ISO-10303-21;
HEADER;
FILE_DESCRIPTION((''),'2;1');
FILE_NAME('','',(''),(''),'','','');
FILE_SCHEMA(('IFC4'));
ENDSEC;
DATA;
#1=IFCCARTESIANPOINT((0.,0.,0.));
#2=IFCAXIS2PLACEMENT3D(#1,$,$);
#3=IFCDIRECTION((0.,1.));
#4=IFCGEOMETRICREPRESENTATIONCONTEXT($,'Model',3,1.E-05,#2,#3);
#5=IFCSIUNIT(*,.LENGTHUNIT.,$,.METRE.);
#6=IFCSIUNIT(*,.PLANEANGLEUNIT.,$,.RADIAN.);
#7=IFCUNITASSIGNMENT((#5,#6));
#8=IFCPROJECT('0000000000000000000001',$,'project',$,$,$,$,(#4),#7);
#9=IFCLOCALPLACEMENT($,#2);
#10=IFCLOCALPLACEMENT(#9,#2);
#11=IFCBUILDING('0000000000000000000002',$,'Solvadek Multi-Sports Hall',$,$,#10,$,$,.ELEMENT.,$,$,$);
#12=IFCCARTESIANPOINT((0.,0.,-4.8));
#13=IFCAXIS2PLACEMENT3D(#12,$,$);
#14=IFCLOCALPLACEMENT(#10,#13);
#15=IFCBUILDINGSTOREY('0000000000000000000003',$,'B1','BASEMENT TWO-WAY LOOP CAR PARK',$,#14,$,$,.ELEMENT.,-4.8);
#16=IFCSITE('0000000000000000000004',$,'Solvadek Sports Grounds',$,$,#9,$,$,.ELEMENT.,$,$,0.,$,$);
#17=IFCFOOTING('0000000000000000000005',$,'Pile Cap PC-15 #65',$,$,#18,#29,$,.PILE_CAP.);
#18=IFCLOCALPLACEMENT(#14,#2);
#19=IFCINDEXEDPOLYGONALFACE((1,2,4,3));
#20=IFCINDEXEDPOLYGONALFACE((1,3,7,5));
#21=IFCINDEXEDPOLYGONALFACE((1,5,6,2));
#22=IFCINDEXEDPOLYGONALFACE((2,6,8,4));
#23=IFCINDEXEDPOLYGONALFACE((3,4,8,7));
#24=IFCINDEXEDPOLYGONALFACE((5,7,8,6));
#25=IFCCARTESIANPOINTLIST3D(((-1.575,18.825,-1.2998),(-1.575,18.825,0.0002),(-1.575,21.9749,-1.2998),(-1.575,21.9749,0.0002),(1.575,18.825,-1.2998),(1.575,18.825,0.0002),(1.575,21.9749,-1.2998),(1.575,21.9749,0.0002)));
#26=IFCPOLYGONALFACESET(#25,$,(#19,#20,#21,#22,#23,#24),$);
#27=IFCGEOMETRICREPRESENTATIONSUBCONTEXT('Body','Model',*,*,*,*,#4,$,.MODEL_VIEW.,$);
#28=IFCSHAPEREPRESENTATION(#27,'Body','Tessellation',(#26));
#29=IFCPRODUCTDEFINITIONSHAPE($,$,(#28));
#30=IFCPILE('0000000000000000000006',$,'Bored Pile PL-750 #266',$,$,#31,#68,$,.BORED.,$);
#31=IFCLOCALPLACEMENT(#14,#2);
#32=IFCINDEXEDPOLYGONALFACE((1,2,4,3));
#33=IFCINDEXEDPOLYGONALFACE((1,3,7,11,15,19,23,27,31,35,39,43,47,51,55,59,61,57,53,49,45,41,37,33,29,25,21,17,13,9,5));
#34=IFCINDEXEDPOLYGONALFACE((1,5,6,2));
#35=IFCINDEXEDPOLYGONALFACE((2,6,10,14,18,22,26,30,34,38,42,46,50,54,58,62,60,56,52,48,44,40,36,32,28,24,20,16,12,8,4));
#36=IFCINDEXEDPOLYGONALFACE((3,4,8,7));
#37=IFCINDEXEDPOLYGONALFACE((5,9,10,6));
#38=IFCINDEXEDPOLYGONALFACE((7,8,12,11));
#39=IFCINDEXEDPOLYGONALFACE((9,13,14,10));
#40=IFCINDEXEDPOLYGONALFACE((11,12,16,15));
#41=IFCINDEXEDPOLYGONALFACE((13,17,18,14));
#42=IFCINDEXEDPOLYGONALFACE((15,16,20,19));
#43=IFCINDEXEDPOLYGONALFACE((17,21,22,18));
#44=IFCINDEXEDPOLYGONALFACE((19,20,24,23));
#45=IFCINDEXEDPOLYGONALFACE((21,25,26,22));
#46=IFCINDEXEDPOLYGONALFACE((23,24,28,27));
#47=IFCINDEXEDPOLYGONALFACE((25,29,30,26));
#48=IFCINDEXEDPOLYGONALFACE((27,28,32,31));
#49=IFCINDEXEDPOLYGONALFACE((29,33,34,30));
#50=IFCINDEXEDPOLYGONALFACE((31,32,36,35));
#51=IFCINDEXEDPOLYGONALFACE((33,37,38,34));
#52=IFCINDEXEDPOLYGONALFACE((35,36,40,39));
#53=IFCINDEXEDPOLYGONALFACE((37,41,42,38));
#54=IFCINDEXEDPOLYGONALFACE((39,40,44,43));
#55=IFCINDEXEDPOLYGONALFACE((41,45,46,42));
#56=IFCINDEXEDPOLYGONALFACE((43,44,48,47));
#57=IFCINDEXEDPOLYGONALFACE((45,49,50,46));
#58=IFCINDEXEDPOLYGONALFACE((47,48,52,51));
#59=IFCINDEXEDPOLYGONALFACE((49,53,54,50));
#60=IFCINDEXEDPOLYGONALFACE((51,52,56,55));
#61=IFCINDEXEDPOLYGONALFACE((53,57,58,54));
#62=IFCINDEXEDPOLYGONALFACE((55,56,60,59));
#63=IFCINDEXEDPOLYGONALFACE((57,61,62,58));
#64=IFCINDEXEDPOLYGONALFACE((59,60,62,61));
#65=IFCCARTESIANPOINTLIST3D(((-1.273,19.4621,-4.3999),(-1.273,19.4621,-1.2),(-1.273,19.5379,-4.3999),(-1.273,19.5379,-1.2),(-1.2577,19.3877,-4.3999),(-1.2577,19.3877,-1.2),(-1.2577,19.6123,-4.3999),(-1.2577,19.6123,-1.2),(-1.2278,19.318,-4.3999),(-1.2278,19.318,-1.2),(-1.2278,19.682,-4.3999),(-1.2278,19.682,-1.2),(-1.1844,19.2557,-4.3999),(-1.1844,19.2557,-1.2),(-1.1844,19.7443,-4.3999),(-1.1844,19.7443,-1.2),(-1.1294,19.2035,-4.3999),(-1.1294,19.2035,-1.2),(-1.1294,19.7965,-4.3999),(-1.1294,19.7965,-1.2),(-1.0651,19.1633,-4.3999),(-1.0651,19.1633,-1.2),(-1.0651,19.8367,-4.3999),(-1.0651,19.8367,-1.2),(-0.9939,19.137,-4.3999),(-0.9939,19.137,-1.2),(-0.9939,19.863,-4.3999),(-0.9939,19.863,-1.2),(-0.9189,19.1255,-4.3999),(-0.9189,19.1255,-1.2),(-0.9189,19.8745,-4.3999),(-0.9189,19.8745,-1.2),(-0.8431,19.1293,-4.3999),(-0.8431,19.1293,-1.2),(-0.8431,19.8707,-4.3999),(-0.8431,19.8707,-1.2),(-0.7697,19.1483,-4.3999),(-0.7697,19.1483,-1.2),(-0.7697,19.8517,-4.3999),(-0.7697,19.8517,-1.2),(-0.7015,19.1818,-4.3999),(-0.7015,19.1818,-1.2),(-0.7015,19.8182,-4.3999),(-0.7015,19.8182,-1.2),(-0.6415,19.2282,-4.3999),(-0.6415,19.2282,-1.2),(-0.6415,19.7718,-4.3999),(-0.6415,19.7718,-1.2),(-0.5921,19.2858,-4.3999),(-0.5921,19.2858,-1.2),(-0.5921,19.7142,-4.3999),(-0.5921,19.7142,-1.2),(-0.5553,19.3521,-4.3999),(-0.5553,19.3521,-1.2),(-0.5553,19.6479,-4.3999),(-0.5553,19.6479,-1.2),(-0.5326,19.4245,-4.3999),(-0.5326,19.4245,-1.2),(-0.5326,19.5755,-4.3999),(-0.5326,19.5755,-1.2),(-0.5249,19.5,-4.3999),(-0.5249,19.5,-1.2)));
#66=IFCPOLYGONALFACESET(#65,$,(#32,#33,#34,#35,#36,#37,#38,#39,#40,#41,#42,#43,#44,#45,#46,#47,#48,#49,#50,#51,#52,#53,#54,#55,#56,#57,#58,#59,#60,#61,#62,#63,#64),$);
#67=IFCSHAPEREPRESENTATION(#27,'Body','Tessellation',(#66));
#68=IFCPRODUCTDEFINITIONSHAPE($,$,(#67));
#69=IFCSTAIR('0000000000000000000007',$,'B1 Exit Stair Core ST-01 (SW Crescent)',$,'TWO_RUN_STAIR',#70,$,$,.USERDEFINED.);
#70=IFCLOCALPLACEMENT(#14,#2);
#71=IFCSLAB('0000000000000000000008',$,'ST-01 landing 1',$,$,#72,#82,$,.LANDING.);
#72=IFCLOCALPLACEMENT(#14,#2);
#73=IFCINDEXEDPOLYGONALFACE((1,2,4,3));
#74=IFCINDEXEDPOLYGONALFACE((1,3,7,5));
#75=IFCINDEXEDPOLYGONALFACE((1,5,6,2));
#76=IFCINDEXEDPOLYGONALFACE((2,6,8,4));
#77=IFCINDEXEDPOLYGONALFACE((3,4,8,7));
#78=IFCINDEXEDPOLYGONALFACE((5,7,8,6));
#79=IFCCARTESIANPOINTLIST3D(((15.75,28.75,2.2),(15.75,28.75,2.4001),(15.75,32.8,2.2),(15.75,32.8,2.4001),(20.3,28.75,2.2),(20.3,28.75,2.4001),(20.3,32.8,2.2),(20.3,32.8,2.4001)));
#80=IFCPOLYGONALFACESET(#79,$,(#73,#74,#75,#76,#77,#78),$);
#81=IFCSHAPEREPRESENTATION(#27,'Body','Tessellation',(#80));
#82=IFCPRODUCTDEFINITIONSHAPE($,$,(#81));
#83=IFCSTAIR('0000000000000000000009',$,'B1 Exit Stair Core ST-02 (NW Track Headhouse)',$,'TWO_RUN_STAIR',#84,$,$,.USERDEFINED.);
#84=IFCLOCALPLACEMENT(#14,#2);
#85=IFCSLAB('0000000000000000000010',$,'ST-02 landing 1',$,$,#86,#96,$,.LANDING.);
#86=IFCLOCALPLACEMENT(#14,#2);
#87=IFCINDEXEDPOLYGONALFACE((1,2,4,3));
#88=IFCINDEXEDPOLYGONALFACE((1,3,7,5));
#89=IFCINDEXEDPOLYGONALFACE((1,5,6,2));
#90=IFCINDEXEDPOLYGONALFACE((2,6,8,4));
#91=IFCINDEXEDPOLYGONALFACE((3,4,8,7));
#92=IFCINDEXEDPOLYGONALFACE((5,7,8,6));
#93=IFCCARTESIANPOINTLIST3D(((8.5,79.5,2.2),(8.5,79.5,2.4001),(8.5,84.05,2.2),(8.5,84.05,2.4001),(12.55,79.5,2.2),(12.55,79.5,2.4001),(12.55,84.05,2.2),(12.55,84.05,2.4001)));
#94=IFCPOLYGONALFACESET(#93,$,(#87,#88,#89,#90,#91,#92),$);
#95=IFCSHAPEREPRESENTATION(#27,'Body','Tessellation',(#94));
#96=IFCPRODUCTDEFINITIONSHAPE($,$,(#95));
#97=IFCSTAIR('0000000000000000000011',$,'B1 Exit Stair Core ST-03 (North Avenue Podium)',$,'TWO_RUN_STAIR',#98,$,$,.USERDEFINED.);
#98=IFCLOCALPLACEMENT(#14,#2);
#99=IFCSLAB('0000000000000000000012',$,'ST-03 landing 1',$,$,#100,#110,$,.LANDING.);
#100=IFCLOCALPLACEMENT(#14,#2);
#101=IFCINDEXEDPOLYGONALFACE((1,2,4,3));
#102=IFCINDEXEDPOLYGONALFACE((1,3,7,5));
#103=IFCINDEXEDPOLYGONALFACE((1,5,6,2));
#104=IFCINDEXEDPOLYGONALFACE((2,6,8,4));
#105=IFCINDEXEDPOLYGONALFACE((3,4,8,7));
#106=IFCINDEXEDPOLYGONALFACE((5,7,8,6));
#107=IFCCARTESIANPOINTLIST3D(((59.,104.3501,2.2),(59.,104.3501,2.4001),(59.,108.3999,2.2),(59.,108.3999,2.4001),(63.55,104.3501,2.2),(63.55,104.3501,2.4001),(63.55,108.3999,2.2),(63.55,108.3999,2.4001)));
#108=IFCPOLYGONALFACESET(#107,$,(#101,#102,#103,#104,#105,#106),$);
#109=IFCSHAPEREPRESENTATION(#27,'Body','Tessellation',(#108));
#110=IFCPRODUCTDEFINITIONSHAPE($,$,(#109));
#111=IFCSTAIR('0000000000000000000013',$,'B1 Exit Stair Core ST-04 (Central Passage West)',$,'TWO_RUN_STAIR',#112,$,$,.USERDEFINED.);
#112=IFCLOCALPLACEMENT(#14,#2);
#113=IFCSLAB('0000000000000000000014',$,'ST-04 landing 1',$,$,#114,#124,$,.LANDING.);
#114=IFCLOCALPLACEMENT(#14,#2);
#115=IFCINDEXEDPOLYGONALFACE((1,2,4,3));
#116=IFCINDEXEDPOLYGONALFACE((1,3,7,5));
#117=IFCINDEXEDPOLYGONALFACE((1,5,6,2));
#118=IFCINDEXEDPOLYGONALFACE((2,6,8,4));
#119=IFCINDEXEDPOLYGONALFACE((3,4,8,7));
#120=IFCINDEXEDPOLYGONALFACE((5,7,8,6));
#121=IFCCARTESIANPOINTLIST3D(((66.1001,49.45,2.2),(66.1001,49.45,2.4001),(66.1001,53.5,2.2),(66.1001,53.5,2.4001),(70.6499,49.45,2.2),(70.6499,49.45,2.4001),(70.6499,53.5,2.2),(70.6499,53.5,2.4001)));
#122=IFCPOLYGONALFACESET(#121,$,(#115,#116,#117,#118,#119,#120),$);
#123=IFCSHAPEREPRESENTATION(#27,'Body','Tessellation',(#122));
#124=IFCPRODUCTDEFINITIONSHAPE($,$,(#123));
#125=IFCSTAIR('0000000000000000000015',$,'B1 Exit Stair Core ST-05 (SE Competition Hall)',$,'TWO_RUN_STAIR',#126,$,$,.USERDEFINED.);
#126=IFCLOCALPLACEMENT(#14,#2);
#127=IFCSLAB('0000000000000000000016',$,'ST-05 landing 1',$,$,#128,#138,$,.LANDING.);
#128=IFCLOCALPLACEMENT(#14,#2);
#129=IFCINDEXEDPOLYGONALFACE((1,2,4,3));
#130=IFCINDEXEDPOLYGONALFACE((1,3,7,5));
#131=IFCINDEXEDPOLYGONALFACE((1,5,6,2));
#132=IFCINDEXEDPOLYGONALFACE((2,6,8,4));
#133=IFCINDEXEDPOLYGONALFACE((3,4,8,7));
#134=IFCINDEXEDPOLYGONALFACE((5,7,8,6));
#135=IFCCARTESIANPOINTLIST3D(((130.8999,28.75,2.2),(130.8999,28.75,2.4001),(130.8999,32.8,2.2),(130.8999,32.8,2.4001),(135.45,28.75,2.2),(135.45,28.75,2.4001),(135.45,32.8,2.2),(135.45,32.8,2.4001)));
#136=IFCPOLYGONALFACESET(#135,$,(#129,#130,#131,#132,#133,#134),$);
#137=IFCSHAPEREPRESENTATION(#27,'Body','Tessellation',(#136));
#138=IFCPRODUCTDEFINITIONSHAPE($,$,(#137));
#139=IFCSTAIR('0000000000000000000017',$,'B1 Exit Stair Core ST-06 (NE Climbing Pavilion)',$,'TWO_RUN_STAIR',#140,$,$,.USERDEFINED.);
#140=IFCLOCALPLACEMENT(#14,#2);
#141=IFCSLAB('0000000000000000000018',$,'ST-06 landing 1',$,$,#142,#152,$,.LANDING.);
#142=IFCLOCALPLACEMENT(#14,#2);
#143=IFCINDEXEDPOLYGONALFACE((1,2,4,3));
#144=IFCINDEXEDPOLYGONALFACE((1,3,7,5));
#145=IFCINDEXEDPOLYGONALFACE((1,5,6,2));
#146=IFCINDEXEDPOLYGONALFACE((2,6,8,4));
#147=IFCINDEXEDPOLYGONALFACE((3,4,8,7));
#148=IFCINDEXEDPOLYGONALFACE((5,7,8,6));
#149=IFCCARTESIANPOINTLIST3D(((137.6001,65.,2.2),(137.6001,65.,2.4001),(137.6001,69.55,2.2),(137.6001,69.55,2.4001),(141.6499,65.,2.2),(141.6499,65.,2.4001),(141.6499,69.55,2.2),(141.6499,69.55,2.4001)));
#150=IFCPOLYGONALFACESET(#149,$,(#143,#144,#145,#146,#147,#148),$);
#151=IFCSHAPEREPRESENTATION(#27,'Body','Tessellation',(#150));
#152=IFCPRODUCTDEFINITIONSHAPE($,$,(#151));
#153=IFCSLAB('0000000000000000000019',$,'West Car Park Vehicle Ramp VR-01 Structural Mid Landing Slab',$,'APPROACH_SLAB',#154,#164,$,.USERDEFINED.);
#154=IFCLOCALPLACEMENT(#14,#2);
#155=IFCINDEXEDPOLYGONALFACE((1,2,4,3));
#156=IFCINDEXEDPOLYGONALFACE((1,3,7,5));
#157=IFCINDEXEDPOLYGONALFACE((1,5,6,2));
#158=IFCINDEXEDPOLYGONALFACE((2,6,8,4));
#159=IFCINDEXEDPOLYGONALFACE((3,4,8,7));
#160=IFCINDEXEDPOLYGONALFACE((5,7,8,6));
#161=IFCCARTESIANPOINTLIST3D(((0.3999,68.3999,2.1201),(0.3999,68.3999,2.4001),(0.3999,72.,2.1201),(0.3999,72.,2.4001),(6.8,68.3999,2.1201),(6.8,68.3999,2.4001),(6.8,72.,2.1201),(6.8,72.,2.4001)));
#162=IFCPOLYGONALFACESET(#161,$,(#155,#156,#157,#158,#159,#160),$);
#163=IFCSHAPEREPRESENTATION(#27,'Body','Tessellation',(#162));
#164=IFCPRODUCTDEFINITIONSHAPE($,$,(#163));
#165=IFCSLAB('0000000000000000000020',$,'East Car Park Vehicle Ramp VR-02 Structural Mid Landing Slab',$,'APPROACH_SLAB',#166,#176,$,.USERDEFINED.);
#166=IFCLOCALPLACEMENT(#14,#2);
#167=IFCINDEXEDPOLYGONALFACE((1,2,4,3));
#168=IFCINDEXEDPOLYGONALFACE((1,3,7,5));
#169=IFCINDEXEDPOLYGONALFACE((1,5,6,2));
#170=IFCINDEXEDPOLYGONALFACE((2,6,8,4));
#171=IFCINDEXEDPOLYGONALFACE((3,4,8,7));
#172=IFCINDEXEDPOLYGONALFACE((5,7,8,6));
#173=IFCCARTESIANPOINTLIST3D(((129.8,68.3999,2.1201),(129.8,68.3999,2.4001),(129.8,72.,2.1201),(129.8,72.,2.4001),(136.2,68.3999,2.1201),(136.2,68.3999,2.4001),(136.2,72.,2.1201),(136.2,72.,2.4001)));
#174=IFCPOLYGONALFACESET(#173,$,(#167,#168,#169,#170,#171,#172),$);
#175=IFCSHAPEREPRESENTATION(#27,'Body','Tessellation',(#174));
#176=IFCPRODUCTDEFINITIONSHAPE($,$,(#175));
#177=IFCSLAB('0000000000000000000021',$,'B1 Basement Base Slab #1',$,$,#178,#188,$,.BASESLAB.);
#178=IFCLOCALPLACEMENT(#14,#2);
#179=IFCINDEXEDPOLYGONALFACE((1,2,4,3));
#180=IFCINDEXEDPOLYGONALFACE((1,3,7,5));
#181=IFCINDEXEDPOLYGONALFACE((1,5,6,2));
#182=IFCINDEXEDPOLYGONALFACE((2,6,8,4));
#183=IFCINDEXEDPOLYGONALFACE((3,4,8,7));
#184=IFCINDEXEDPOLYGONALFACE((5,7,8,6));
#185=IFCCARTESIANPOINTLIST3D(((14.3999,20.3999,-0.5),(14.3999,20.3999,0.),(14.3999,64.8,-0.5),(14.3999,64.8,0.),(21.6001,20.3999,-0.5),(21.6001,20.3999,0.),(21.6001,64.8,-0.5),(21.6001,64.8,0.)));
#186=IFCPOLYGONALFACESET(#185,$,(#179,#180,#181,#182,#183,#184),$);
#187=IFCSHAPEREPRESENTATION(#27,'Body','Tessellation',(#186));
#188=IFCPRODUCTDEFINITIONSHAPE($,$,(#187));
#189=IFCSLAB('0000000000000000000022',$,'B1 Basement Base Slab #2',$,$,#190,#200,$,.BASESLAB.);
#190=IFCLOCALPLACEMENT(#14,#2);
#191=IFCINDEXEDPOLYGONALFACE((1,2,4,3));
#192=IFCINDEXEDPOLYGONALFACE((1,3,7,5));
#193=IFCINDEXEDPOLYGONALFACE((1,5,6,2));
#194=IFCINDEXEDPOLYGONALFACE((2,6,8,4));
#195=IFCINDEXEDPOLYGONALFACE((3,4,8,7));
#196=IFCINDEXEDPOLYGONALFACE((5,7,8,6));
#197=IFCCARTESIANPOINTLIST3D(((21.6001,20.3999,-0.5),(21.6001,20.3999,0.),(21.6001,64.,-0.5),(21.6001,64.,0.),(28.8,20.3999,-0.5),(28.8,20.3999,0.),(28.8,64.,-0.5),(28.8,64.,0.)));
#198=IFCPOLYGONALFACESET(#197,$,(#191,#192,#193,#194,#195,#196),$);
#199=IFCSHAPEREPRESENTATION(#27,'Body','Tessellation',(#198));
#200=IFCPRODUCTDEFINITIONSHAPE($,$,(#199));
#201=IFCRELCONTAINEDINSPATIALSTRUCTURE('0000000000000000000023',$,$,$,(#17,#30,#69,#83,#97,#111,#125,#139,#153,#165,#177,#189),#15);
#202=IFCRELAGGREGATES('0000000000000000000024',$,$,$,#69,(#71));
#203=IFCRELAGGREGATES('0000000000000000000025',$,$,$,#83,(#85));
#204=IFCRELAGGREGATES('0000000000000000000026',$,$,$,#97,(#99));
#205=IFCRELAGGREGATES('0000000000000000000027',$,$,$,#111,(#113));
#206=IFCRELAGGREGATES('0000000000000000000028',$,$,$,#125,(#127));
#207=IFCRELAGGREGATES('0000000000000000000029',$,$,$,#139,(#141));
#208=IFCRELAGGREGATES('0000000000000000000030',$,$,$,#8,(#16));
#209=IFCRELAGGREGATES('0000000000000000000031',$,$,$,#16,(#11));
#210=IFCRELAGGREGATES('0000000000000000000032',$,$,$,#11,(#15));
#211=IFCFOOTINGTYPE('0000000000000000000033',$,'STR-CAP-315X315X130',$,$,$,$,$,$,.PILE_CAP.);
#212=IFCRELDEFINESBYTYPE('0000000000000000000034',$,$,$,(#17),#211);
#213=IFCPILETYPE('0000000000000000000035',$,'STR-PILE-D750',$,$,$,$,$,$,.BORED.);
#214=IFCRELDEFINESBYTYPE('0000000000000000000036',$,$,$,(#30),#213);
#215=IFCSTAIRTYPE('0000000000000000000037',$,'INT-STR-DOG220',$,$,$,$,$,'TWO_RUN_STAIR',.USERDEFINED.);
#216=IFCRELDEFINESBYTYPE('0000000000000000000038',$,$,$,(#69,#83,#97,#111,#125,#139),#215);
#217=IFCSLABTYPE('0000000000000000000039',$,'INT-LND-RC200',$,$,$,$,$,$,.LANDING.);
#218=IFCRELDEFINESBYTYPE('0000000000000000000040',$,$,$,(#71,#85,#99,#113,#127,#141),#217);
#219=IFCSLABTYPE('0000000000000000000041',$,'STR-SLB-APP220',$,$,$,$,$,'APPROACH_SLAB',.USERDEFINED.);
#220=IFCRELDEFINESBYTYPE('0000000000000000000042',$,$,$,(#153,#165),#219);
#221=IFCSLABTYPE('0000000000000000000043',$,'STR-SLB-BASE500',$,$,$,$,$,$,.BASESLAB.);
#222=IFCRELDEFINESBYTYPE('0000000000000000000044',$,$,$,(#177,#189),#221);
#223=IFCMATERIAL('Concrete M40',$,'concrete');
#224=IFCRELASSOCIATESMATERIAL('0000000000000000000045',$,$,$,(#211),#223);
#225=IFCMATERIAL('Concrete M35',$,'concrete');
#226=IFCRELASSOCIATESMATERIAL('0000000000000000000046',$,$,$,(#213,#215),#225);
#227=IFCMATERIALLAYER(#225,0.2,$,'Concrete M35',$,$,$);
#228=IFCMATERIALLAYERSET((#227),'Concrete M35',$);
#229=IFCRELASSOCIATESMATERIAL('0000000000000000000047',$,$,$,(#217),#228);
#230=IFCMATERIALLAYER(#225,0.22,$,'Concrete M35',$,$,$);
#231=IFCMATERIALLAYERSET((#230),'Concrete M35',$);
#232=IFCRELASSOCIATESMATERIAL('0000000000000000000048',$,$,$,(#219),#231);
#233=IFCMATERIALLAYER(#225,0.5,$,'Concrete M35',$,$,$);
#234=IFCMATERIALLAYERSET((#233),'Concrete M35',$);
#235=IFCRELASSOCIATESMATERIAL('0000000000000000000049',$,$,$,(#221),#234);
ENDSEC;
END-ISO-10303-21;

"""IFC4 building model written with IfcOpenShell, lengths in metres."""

from ifc_helpers import new_model, si_unit, direction, frame, origin, origin_2d, place, context, subcontext, project, spatial, polyline, rectangle, circle, outline, extrude, material, layer, layer_set, material_profile, profile_set, type_object, element, aggregate, save


model = new_model("IFC4")

# Units and contexts
model_context = context("Model", 3, precision=1e-05, world=origin(), true_north=direction((0.0, 1.0)))
body_context = subcontext(model_context, "Body", "Model", "MODEL_VIEW")
ifc_project = project(units=[si_unit("LENGTHUNIT", "METRE"), si_unit("PLANEANGLEUNIT", "RADIAN")], contexts=[model_context])

# Site, building, storey
site_placement = place(None, origin())
site = spatial("IfcSite", under=ifc_project, at=site_placement, Name="Solvadek Sports Grounds", CompositionType="ELEMENT", RefElevation=0.0)
building_placement = place(site_placement, origin())
building = spatial("IfcBuilding", under=site, at=building_placement, Name="Solvadek Multi-Sports Hall", CompositionType="ELEMENT")
storey_placement = place(building_placement, frame((0.0, 0.0, -4.8)))
storey = spatial("IfcBuildingStorey", under=building, at=storey_placement, Name="B1", Description="BASEMENT TWO-WAY LOOP CAR PARK", CompositionType="ELEMENT", Elevation=-4.8)

# Footing
ifc_material_1 = material(Name="Concrete M40", Category="concrete")
footing_type = type_object("IfcFootingType", Name="STR-CAP-315X315X130", PredefinedType="PILE_CAP", material=ifc_material_1)
footing_placement = place(storey_placement, frame((0.0, 20.3999, -1.2998), z_axis=(0.0, 0.0, 1.0), x_axis=(1.0, 0.0, 0.0)))
element("IfcFooting", 1, at=footing_placement, inside=storey, type_object=footing_type, Name="Pile Cap PC-15 #65", PredefinedType="PILE_CAP", context=body_context, shape_type="SweptSolid", body=[
    extrude(rectangle(XDim=3.1499, YDim=3.1499, at=origin_2d()), origin(), (0.0, 0.0, 1.0), 1.3),
])

# Pile
ifc_material_2 = material(Name="Concrete M35", Category="concrete")
ifc_material_profile = material_profile(ifc_material_2, circle(Radius=0.375, at=origin_2d()), Name="BORED PILE D750")
ifc_profile_set = profile_set([ifc_material_profile], Name="Concrete M35")
pile_type = type_object("IfcPileType", Name="STR-PILE-D750", PredefinedType="BORED", material=ifc_profile_set)
pile_placement = place(storey_placement, frame((-0.8999, 19.5, -1.2), z_axis=(0.0, 0.0, -1.0), x_axis=(1.0, 0.0, 0.0)))
element("IfcPile", 2, at=pile_placement, inside=storey, type_object=pile_type, Name="Bored Pile PL-750 #266", PredefinedType="BORED", context=body_context, shape_type="SweptSolid", body=[
    extrude(circle(Radius=0.375, at=origin_2d()), origin(), (0.0, 0.0, 1.0), 3.2),
])

# Stairs, slabs
stair_type = type_object("IfcStairType", Name="INT-STR-DOG220", ElementType="TWO_RUN_STAIR", PredefinedType="USERDEFINED", material=ifc_material_2)
stair_1_placement = place(storey_placement, origin())
stair_1 = element("IfcStair", 3, at=stair_1_placement, inside=storey, type_object=stair_type, Name="B1 Exit Stair Core ST-01 (SW Crescent)", ObjectType="TWO_RUN_STAIR", PredefinedType="USERDEFINED")
ifc_layer_1 = layer(ifc_material_2, 0.2, Name="Concrete M35")
ifc_layer_set_1 = layer_set([ifc_layer_1], Name="Concrete M35")
slab_type_1 = type_object("IfcSlabType", Name="INT-LND-RC200", PredefinedType="LANDING", material=ifc_layer_set_1)
slab_1_placement = place(storey_placement, frame((0.0, 0.0, 2.2)))
slab_1 = element("IfcSlab", 4, at=slab_1_placement, type_object=slab_type_1, Name="ST-01 landing 1", PredefinedType="LANDING", context=body_context, shape_type="SweptSolid", body=[
    extrude(outline(polyline([(20.3, 28.75), (20.3, 32.8), (15.75, 32.8), (15.75, 28.75), (20.3, 28.75)])), origin(), (0.0, 0.0, 1.0), 0.2002),
])
aggregate(stair_1, [slab_1])
stair_2_placement = place(storey_placement, origin())
stair_2 = element("IfcStair", 5, at=stair_2_placement, inside=storey, type_object=stair_type, Name="B1 Exit Stair Core ST-02 (NW Track Headhouse)", ObjectType="TWO_RUN_STAIR", PredefinedType="USERDEFINED")
slab_2_placement = place(storey_placement, frame((0.0, 0.0, 2.2)))
slab_2 = element("IfcSlab", 6, at=slab_2_placement, type_object=slab_type_1, Name="ST-02 landing 1", PredefinedType="LANDING", context=body_context, shape_type="SweptSolid", body=[
    extrude(outline(polyline([(12.55, 84.05), (8.5, 84.05), (8.5, 79.5), (12.55, 79.5), (12.55, 84.05)])), origin(), (0.0, 0.0, 1.0), 0.2002),
])
aggregate(stair_2, [slab_2])
stair_3_placement = place(storey_placement, origin())
stair_3 = element("IfcStair", 7, at=stair_3_placement, inside=storey, type_object=stair_type, Name="B1 Exit Stair Core ST-03 (North Avenue Podium)", ObjectType="TWO_RUN_STAIR", PredefinedType="USERDEFINED")
slab_3_placement = place(storey_placement, frame((0.0, 0.0, 2.2)))
slab_3 = element("IfcSlab", 8, at=slab_3_placement, type_object=slab_type_1, Name="ST-03 landing 1", PredefinedType="LANDING", context=body_context, shape_type="SweptSolid", body=[
    extrude(outline(polyline([(63.55, 104.3501), (63.55, 108.3999), (59.0, 108.3999), (59.0, 104.3501), (63.55, 104.3501)])), origin(), (0.0, 0.0, 1.0), 0.2002),
])
aggregate(stair_3, [slab_3])
stair_4_placement = place(storey_placement, origin())
stair_4 = element("IfcStair", 9, at=stair_4_placement, inside=storey, type_object=stair_type, Name="B1 Exit Stair Core ST-04 (Central Passage West)", ObjectType="TWO_RUN_STAIR", PredefinedType="USERDEFINED")
slab_4_placement = place(storey_placement, frame((0.0, 0.0, 2.2)))
slab_4 = element("IfcSlab", 10, at=slab_4_placement, type_object=slab_type_1, Name="ST-04 landing 1", PredefinedType="LANDING", context=body_context, shape_type="SweptSolid", body=[
    extrude(outline(polyline([(70.6499, 49.45), (70.6499, 53.5), (66.1001, 53.5), (66.1001, 49.45), (70.6499, 49.45)])), origin(), (0.0, 0.0, 1.0), 0.2002),
])
aggregate(stair_4, [slab_4])
stair_5_placement = place(storey_placement, origin())
stair_5 = element("IfcStair", 11, at=stair_5_placement, inside=storey, type_object=stair_type, Name="B1 Exit Stair Core ST-05 (SE Competition Hall)", ObjectType="TWO_RUN_STAIR", PredefinedType="USERDEFINED")
slab_5_placement = place(storey_placement, frame((0.0, 0.0, 2.2)))
slab_5 = element("IfcSlab", 12, at=slab_5_placement, type_object=slab_type_1, Name="ST-05 landing 1", PredefinedType="LANDING", context=body_context, shape_type="SweptSolid", body=[
    extrude(outline(polyline([(135.45, 28.75), (135.45, 32.8), (130.8999, 32.8), (130.8999, 28.75), (135.45, 28.75)])), origin(), (0.0, 0.0, 1.0), 0.2002),
])
aggregate(stair_5, [slab_5])
stair_6_placement = place(storey_placement, origin())
stair_6 = element("IfcStair", 13, at=stair_6_placement, inside=storey, type_object=stair_type, Name="B1 Exit Stair Core ST-06 (NE Climbing Pavilion)", ObjectType="TWO_RUN_STAIR", PredefinedType="USERDEFINED")
slab_6_placement = place(storey_placement, frame((0.0, 0.0, 2.2)))
slab_6 = element("IfcSlab", 14, at=slab_6_placement, type_object=slab_type_1, Name="ST-06 landing 1", PredefinedType="LANDING", context=body_context, shape_type="SweptSolid", body=[
    extrude(outline(polyline([(141.6499, 69.55), (137.6001, 69.55), (137.6001, 65.0), (141.6499, 65.0), (141.6499, 69.55)])), origin(), (0.0, 0.0, 1.0), 0.2002),
])
aggregate(stair_6, [slab_6])

# Slabs
ifc_layer_2 = layer(ifc_material_2, 0.22, Name="Concrete M35")
ifc_layer_set_2 = layer_set([ifc_layer_2], Name="Concrete M35")
slab_type_2 = type_object("IfcSlabType", Name="STR-SLB-APP220", ElementType="APPROACH_SLAB", PredefinedType="USERDEFINED", material=ifc_layer_set_2)
slab_7_placement = place(storey_placement, frame((0.0, 0.0, 2.1201)))
element("IfcSlab", 15, at=slab_7_placement, inside=storey, type_object=slab_type_2, Name="West Car Park Vehicle Ramp VR-01 Structural Mid Landing Slab", ObjectType="APPROACH_SLAB", PredefinedType="USERDEFINED", context=body_context, shape_type="SweptSolid", body=[
    extrude(outline(polyline([(0.3999, 68.3999), (6.8, 68.3999), (6.8, 72.0), (0.3999, 72.0), (0.3999, 68.3999)])), origin(), (0.0, 0.0, 1.0), 0.28),
])
slab_8_placement = place(storey_placement, frame((0.0, 0.0, 2.1201)))
element("IfcSlab", 16, at=slab_8_placement, inside=storey, type_object=slab_type_2, Name="East Car Park Vehicle Ramp VR-02 Structural Mid Landing Slab", ObjectType="APPROACH_SLAB", PredefinedType="USERDEFINED", context=body_context, shape_type="SweptSolid", body=[
    extrude(outline(polyline([(129.8, 68.3999), (136.2, 68.3999), (136.2, 72.0), (129.8, 72.0), (129.8, 68.3999)])), origin(), (0.0, 0.0, 1.0), 0.28),
])
ifc_layer_3 = layer(ifc_material_2, 0.5, Name="Concrete M35")
ifc_layer_set_3 = layer_set([ifc_layer_3], Name="Concrete M35")
slab_type_3 = type_object("IfcSlabType", Name="STR-SLB-BASE500", PredefinedType="BASESLAB", material=ifc_layer_set_3)
slab_9_placement = place(storey_placement, frame((0.0, 0.0, -0.5)))
element("IfcSlab", 17, at=slab_9_placement, inside=storey, type_object=slab_type_3, Name="B1 Basement Base Slab #1", PredefinedType="BASESLAB", context=body_context, shape_type="SweptSolid", body=[
    extrude(outline(polyline([(14.3999, 20.3999), (14.3999, 64.8), (21.6001, 64.8), (21.6001, 20.3999), (14.3999, 20.3999)])), origin(), (0.0, 0.0, 1.0), 0.5),
])
slab_10_placement = place(storey_placement, frame((0.0, 0.0, -0.5)))
element("IfcSlab", 18, at=slab_10_placement, inside=storey, type_object=slab_type_3, Name="B1 Basement Base Slab #2", PredefinedType="BASESLAB", context=body_context, shape_type="SweptSolid", body=[
    extrude(outline(polyline([(21.6001, 64.0), (28.8, 64.0), (28.8, 20.3999), (21.6001, 20.3999), (21.6001, 64.0)])), origin(), (0.0, 0.0, 1.0), 0.5),
])

save(model, "model.ifc")
